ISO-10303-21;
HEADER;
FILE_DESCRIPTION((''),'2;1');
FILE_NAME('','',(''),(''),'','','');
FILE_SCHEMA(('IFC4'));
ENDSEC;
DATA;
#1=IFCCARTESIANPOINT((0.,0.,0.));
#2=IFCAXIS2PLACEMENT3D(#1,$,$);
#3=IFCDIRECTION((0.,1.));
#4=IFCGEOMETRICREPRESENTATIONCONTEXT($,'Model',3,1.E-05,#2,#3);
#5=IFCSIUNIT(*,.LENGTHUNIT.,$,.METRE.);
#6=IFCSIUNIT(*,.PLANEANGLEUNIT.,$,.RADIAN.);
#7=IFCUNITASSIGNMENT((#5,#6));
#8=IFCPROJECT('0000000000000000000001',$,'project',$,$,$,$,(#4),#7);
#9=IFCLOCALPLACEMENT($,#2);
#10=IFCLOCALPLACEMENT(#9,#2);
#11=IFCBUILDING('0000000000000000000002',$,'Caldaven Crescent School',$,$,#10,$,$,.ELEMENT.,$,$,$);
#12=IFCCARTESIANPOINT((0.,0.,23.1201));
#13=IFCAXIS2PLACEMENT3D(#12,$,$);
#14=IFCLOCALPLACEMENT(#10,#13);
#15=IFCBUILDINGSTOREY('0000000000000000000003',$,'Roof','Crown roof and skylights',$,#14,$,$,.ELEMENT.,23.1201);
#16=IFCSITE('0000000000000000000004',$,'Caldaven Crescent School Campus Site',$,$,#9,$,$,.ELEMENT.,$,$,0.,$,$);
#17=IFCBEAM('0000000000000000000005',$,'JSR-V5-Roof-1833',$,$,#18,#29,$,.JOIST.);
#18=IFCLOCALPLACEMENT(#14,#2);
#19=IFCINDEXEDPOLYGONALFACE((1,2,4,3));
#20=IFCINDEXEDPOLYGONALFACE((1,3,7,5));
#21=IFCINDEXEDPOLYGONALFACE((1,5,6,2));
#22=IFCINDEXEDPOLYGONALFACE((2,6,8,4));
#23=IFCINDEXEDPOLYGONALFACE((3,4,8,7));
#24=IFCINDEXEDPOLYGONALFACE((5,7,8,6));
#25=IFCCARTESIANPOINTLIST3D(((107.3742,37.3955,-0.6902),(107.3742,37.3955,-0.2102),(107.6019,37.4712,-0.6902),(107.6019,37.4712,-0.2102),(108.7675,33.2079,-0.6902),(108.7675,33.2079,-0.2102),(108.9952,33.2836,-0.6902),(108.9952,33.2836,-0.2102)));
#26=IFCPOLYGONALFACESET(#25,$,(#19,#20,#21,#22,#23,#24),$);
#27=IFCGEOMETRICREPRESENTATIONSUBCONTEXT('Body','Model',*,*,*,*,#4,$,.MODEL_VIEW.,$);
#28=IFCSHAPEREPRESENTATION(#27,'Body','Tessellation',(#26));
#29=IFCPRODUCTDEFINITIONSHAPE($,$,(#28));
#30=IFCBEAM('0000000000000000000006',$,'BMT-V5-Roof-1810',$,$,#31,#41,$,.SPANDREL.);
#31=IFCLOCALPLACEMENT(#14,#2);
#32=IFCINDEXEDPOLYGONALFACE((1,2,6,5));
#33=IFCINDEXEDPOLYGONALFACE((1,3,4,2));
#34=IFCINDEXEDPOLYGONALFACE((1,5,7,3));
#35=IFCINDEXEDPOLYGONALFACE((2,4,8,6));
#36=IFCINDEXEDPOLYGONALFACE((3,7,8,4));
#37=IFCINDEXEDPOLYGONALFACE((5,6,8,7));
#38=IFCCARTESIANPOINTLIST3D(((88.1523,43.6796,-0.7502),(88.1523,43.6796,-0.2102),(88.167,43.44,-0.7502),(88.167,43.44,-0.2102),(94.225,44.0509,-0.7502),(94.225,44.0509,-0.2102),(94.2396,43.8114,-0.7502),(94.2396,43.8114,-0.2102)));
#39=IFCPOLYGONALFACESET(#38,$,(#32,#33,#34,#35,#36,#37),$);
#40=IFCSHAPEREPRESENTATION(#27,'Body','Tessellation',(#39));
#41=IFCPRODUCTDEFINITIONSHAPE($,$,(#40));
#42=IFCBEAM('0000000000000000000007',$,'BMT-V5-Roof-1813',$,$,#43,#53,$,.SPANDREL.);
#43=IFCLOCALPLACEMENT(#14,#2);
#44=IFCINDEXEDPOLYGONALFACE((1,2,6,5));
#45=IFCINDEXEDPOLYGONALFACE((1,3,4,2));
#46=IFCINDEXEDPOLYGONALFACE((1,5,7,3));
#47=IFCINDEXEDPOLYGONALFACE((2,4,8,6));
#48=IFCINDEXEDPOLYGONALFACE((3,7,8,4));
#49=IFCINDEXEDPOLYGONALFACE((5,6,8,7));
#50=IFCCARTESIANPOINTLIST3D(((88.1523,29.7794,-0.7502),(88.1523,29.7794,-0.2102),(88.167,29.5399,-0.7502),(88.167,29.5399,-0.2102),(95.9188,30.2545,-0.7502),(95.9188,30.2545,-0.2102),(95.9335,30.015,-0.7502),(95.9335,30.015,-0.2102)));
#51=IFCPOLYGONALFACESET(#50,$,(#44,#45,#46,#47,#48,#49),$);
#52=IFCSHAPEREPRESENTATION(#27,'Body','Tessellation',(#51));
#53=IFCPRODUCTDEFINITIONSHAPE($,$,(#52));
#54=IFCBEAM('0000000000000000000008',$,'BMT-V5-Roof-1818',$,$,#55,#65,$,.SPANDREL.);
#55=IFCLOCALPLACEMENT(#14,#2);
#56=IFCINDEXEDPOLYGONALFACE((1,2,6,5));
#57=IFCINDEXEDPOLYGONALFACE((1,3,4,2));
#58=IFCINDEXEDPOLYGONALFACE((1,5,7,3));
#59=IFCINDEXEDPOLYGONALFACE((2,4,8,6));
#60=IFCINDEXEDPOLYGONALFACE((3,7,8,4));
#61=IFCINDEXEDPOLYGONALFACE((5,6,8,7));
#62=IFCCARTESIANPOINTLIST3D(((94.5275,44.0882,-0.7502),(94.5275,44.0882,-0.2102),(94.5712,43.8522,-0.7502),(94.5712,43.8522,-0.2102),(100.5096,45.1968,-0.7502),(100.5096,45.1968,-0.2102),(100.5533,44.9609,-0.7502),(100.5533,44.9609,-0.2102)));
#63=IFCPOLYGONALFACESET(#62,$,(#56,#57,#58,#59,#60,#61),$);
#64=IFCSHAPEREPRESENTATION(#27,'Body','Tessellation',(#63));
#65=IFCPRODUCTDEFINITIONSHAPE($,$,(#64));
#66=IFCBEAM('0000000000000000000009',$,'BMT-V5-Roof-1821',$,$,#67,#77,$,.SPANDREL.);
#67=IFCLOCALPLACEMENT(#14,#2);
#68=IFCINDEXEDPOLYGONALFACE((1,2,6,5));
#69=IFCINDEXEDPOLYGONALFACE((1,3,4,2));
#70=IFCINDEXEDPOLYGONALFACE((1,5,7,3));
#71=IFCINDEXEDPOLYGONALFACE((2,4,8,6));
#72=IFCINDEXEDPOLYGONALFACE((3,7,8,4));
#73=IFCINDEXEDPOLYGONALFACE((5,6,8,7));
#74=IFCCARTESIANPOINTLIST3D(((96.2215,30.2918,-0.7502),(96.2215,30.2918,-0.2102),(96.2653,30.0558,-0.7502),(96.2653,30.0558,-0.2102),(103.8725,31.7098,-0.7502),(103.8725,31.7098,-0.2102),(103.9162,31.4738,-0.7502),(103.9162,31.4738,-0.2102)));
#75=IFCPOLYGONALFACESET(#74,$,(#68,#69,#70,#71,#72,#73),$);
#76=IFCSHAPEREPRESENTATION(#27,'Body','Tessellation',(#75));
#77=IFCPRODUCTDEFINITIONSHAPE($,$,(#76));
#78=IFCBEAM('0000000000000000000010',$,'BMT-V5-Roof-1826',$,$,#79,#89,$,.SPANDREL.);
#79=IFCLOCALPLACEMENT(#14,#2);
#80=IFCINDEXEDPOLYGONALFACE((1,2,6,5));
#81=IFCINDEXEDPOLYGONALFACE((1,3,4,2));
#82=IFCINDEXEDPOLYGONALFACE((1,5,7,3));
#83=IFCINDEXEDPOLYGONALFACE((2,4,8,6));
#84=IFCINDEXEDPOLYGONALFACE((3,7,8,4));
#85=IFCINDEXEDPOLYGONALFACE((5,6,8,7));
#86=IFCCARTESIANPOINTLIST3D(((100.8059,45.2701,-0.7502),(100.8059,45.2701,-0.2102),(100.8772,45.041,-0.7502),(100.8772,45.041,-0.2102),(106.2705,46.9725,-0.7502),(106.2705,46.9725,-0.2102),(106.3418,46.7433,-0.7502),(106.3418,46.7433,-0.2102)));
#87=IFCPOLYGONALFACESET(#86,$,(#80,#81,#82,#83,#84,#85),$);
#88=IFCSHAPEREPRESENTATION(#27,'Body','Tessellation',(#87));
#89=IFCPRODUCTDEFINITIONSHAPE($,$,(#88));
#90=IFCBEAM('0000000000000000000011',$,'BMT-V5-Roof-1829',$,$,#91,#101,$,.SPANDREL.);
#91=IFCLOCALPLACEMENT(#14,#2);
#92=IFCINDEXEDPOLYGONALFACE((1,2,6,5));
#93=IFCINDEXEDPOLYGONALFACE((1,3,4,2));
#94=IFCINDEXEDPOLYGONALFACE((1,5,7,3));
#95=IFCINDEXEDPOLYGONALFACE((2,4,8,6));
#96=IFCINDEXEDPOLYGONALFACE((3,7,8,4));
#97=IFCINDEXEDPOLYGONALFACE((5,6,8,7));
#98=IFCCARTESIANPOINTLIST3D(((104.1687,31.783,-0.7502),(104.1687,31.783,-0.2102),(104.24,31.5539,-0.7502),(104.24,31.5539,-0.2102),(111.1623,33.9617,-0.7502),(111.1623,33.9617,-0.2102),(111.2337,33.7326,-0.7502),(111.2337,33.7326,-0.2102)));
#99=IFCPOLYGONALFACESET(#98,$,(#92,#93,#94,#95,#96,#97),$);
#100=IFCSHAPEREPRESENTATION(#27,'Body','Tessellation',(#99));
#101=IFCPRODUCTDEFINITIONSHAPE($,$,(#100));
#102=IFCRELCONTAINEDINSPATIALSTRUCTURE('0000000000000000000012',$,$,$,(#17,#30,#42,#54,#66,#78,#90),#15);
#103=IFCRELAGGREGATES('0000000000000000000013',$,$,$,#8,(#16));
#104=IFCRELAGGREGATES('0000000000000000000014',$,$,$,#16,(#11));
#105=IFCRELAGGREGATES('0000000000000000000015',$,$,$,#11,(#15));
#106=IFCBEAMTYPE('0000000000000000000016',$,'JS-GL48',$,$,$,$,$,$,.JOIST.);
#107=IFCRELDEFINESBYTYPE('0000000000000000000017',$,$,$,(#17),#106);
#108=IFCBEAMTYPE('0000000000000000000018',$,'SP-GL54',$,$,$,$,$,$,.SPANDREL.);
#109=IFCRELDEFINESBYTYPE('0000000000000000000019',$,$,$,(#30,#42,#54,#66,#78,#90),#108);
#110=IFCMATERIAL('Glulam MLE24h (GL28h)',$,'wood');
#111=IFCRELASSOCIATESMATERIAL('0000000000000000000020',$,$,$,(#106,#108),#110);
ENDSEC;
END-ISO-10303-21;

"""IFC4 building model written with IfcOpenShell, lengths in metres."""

from ifc_helpers import new_model, si_unit, direction, frame, origin, origin_2d, place, context, subcontext, project, spatial, rectangle, extrude, material, material_profile, profile_set, type_object, element, save


model = new_model("IFC4")

# Units and contexts
model_context = context("Model", 3, precision=1e-05, world=origin(), true_north=direction((0.0, 1.0)))
body_context = subcontext(model_context, "Body", "Model", "MODEL_VIEW")
ifc_project = project(units=[si_unit("LENGTHUNIT", "METRE"), si_unit("PLANEANGLEUNIT", "RADIAN")], contexts=[model_context])

# Site, building, storey
site_placement = place(None, origin())
site = spatial("IfcSite", under=ifc_project, at=site_placement, Name="Caldaven Crescent School Campus Site", CompositionType="ELEMENT", RefElevation=0.0)
building_placement = place(site_placement, origin())
building = spatial("IfcBuilding", under=site, at=building_placement, Name="Caldaven Crescent School", CompositionType="ELEMENT")
storey_placement = place(building_placement, frame((0.0, 0.0, 23.1201)))
storey = spatial("IfcBuildingStorey", under=building, at=storey_placement, Name="Roof", Description="Crown roof and skylights", CompositionType="ELEMENT", Elevation=23.1201)

# Beams
ifc_material = material(Name="Glulam MLE24h (GL28h)", Category="wood")
ifc_material_profile_1 = material_profile(ifc_material, rectangle(XDim=0.24, YDim=0.48, at=origin_2d()), Name="MLE 240x480")
ifc_profile_set_1 = profile_set([ifc_material_profile_1], Name="Glulam MLE24h (GL28h)")
beam_type_1 = type_object("IfcBeamType", Name="JS-GL48", PredefinedType="JOIST", material=ifc_profile_set_1)
beam_1_placement = place(storey_placement, frame((107.488, 37.4333, -0.4502), z_axis=(0.315713, -0.948855, 0.0), x_axis=(0.948855, 0.315713, 0.0)))
element("IfcBeam", 1, at=beam_1_placement, inside=storey, type_object=beam_type_1, Name="JSR-V5-Roof-1833", PredefinedType="JOIST", context=body_context, shape_type="SweptSolid", body=[
    extrude(rectangle(XDim=0.24, YDim=0.48, at=origin_2d()), origin(), (0.0, 0.0, 1.0), 4.4133),
])
ifc_material_profile_2 = material_profile(ifc_material, rectangle(XDim=0.24, YDim=0.54, at=origin_2d()), Name="MLE 240x540")
ifc_profile_set_2 = profile_set([ifc_material_profile_2], Name="Glulam MLE24h (GL28h)")
beam_type_2 = type_object("IfcBeamType", Name="SP-GL54", PredefinedType="SPANDREL", material=ifc_profile_set_2)
beam_2_placement = place(storey_placement, frame((88.1597, 43.5598, -0.4802), z_axis=(0.998136, 0.061034, 0.0), x_axis=(-0.061034, 0.998136, 0.0)))
element("IfcBeam", 2, at=beam_2_placement, inside=storey, type_object=beam_type_2, Name="BMT-V5-Roof-1810", PredefinedType="SPANDREL", context=body_context, shape_type="SweptSolid", body=[
    extrude(rectangle(XDim=0.24, YDim=0.54, at=origin_2d()), origin(), (0.0, 0.0, 1.0), 6.084),
])
beam_3_placement = place(storey_placement, frame((88.1597, 29.6597, -0.4802), z_axis=(0.998134, 0.061058, 0.0), x_axis=(-0.061058, 0.998134, 0.0)))
element("IfcBeam", 3, at=beam_3_placement, inside=storey, type_object=beam_type_2, Name="BMT-V5-Roof-1813", PredefinedType="SPANDREL", context=body_context, shape_type="SweptSolid", body=[
    extrude(rectangle(XDim=0.24, YDim=0.54, at=origin_2d()), origin(), (0.0, 0.0, 1.0), 7.781),
])
beam_4_placement = place(storey_placement, frame((94.5493, 43.9702, -0.4802), z_axis=(0.983258, 0.182221, 0.0), x_axis=(-0.182221, 0.983258, 0.0)))
element("IfcBeam", 4, at=beam_4_placement, inside=storey, type_object=beam_type_2, Name="BMT-V5-Roof-1818", PredefinedType="SPANDREL", context=body_context, shape_type="SweptSolid", body=[
    extrude(rectangle(XDim=0.24, YDim=0.54, at=origin_2d()), origin(), (0.0, 0.0, 1.0), 6.084),
])
beam_5_placement = place(storey_placement, frame((96.2434, 30.1738, -0.4802), z_axis=(0.983256, 0.182231, 0.0), x_axis=(-0.182231, 0.983256, 0.0)))
element("IfcBeam", 5, at=beam_5_placement, inside=storey, type_object=beam_type_2, Name="BMT-V5-Roof-1821", PredefinedType="SPANDREL", context=body_context, shape_type="SweptSolid", body=[
    extrude(rectangle(XDim=0.24, YDim=0.54, at=origin_2d()), origin(), (0.0, 0.0, 1.0), 7.7812),
])
beam_6_placement = place(storey_placement, frame((100.8416, 45.1555, -0.4802), z_axis=(0.954743, 0.297432, 0.0), x_axis=(-0.297432, 0.954743, 0.0)))
element("IfcBeam", 6, at=beam_6_placement, inside=storey, type_object=beam_type_2, Name="BMT-V5-Roof-1826", PredefinedType="SPANDREL", context=body_context, shape_type="SweptSolid", body=[
    extrude(rectangle(XDim=0.24, YDim=0.54, at=origin_2d()), origin(), (0.0, 0.0, 1.0), 5.7236),
])
beam_7_placement = place(storey_placement, frame((104.2043, 31.6685, -0.4802), z_axis=(0.954744, 0.297428, 0.0), x_axis=(-0.297428, 0.954744, 0.0)))
element("IfcBeam", 7, at=beam_7_placement, inside=storey, type_object=beam_type_2, Name="BMT-V5-Roof-1829", PredefinedType="SPANDREL", context=body_context, shape_type="SweptSolid", body=[
    extrude(rectangle(XDim=0.24, YDim=0.54, at=origin_2d()), origin(), (0.0, 0.0, 1.0), 7.3252),
])

save(model, "model.ifc")
